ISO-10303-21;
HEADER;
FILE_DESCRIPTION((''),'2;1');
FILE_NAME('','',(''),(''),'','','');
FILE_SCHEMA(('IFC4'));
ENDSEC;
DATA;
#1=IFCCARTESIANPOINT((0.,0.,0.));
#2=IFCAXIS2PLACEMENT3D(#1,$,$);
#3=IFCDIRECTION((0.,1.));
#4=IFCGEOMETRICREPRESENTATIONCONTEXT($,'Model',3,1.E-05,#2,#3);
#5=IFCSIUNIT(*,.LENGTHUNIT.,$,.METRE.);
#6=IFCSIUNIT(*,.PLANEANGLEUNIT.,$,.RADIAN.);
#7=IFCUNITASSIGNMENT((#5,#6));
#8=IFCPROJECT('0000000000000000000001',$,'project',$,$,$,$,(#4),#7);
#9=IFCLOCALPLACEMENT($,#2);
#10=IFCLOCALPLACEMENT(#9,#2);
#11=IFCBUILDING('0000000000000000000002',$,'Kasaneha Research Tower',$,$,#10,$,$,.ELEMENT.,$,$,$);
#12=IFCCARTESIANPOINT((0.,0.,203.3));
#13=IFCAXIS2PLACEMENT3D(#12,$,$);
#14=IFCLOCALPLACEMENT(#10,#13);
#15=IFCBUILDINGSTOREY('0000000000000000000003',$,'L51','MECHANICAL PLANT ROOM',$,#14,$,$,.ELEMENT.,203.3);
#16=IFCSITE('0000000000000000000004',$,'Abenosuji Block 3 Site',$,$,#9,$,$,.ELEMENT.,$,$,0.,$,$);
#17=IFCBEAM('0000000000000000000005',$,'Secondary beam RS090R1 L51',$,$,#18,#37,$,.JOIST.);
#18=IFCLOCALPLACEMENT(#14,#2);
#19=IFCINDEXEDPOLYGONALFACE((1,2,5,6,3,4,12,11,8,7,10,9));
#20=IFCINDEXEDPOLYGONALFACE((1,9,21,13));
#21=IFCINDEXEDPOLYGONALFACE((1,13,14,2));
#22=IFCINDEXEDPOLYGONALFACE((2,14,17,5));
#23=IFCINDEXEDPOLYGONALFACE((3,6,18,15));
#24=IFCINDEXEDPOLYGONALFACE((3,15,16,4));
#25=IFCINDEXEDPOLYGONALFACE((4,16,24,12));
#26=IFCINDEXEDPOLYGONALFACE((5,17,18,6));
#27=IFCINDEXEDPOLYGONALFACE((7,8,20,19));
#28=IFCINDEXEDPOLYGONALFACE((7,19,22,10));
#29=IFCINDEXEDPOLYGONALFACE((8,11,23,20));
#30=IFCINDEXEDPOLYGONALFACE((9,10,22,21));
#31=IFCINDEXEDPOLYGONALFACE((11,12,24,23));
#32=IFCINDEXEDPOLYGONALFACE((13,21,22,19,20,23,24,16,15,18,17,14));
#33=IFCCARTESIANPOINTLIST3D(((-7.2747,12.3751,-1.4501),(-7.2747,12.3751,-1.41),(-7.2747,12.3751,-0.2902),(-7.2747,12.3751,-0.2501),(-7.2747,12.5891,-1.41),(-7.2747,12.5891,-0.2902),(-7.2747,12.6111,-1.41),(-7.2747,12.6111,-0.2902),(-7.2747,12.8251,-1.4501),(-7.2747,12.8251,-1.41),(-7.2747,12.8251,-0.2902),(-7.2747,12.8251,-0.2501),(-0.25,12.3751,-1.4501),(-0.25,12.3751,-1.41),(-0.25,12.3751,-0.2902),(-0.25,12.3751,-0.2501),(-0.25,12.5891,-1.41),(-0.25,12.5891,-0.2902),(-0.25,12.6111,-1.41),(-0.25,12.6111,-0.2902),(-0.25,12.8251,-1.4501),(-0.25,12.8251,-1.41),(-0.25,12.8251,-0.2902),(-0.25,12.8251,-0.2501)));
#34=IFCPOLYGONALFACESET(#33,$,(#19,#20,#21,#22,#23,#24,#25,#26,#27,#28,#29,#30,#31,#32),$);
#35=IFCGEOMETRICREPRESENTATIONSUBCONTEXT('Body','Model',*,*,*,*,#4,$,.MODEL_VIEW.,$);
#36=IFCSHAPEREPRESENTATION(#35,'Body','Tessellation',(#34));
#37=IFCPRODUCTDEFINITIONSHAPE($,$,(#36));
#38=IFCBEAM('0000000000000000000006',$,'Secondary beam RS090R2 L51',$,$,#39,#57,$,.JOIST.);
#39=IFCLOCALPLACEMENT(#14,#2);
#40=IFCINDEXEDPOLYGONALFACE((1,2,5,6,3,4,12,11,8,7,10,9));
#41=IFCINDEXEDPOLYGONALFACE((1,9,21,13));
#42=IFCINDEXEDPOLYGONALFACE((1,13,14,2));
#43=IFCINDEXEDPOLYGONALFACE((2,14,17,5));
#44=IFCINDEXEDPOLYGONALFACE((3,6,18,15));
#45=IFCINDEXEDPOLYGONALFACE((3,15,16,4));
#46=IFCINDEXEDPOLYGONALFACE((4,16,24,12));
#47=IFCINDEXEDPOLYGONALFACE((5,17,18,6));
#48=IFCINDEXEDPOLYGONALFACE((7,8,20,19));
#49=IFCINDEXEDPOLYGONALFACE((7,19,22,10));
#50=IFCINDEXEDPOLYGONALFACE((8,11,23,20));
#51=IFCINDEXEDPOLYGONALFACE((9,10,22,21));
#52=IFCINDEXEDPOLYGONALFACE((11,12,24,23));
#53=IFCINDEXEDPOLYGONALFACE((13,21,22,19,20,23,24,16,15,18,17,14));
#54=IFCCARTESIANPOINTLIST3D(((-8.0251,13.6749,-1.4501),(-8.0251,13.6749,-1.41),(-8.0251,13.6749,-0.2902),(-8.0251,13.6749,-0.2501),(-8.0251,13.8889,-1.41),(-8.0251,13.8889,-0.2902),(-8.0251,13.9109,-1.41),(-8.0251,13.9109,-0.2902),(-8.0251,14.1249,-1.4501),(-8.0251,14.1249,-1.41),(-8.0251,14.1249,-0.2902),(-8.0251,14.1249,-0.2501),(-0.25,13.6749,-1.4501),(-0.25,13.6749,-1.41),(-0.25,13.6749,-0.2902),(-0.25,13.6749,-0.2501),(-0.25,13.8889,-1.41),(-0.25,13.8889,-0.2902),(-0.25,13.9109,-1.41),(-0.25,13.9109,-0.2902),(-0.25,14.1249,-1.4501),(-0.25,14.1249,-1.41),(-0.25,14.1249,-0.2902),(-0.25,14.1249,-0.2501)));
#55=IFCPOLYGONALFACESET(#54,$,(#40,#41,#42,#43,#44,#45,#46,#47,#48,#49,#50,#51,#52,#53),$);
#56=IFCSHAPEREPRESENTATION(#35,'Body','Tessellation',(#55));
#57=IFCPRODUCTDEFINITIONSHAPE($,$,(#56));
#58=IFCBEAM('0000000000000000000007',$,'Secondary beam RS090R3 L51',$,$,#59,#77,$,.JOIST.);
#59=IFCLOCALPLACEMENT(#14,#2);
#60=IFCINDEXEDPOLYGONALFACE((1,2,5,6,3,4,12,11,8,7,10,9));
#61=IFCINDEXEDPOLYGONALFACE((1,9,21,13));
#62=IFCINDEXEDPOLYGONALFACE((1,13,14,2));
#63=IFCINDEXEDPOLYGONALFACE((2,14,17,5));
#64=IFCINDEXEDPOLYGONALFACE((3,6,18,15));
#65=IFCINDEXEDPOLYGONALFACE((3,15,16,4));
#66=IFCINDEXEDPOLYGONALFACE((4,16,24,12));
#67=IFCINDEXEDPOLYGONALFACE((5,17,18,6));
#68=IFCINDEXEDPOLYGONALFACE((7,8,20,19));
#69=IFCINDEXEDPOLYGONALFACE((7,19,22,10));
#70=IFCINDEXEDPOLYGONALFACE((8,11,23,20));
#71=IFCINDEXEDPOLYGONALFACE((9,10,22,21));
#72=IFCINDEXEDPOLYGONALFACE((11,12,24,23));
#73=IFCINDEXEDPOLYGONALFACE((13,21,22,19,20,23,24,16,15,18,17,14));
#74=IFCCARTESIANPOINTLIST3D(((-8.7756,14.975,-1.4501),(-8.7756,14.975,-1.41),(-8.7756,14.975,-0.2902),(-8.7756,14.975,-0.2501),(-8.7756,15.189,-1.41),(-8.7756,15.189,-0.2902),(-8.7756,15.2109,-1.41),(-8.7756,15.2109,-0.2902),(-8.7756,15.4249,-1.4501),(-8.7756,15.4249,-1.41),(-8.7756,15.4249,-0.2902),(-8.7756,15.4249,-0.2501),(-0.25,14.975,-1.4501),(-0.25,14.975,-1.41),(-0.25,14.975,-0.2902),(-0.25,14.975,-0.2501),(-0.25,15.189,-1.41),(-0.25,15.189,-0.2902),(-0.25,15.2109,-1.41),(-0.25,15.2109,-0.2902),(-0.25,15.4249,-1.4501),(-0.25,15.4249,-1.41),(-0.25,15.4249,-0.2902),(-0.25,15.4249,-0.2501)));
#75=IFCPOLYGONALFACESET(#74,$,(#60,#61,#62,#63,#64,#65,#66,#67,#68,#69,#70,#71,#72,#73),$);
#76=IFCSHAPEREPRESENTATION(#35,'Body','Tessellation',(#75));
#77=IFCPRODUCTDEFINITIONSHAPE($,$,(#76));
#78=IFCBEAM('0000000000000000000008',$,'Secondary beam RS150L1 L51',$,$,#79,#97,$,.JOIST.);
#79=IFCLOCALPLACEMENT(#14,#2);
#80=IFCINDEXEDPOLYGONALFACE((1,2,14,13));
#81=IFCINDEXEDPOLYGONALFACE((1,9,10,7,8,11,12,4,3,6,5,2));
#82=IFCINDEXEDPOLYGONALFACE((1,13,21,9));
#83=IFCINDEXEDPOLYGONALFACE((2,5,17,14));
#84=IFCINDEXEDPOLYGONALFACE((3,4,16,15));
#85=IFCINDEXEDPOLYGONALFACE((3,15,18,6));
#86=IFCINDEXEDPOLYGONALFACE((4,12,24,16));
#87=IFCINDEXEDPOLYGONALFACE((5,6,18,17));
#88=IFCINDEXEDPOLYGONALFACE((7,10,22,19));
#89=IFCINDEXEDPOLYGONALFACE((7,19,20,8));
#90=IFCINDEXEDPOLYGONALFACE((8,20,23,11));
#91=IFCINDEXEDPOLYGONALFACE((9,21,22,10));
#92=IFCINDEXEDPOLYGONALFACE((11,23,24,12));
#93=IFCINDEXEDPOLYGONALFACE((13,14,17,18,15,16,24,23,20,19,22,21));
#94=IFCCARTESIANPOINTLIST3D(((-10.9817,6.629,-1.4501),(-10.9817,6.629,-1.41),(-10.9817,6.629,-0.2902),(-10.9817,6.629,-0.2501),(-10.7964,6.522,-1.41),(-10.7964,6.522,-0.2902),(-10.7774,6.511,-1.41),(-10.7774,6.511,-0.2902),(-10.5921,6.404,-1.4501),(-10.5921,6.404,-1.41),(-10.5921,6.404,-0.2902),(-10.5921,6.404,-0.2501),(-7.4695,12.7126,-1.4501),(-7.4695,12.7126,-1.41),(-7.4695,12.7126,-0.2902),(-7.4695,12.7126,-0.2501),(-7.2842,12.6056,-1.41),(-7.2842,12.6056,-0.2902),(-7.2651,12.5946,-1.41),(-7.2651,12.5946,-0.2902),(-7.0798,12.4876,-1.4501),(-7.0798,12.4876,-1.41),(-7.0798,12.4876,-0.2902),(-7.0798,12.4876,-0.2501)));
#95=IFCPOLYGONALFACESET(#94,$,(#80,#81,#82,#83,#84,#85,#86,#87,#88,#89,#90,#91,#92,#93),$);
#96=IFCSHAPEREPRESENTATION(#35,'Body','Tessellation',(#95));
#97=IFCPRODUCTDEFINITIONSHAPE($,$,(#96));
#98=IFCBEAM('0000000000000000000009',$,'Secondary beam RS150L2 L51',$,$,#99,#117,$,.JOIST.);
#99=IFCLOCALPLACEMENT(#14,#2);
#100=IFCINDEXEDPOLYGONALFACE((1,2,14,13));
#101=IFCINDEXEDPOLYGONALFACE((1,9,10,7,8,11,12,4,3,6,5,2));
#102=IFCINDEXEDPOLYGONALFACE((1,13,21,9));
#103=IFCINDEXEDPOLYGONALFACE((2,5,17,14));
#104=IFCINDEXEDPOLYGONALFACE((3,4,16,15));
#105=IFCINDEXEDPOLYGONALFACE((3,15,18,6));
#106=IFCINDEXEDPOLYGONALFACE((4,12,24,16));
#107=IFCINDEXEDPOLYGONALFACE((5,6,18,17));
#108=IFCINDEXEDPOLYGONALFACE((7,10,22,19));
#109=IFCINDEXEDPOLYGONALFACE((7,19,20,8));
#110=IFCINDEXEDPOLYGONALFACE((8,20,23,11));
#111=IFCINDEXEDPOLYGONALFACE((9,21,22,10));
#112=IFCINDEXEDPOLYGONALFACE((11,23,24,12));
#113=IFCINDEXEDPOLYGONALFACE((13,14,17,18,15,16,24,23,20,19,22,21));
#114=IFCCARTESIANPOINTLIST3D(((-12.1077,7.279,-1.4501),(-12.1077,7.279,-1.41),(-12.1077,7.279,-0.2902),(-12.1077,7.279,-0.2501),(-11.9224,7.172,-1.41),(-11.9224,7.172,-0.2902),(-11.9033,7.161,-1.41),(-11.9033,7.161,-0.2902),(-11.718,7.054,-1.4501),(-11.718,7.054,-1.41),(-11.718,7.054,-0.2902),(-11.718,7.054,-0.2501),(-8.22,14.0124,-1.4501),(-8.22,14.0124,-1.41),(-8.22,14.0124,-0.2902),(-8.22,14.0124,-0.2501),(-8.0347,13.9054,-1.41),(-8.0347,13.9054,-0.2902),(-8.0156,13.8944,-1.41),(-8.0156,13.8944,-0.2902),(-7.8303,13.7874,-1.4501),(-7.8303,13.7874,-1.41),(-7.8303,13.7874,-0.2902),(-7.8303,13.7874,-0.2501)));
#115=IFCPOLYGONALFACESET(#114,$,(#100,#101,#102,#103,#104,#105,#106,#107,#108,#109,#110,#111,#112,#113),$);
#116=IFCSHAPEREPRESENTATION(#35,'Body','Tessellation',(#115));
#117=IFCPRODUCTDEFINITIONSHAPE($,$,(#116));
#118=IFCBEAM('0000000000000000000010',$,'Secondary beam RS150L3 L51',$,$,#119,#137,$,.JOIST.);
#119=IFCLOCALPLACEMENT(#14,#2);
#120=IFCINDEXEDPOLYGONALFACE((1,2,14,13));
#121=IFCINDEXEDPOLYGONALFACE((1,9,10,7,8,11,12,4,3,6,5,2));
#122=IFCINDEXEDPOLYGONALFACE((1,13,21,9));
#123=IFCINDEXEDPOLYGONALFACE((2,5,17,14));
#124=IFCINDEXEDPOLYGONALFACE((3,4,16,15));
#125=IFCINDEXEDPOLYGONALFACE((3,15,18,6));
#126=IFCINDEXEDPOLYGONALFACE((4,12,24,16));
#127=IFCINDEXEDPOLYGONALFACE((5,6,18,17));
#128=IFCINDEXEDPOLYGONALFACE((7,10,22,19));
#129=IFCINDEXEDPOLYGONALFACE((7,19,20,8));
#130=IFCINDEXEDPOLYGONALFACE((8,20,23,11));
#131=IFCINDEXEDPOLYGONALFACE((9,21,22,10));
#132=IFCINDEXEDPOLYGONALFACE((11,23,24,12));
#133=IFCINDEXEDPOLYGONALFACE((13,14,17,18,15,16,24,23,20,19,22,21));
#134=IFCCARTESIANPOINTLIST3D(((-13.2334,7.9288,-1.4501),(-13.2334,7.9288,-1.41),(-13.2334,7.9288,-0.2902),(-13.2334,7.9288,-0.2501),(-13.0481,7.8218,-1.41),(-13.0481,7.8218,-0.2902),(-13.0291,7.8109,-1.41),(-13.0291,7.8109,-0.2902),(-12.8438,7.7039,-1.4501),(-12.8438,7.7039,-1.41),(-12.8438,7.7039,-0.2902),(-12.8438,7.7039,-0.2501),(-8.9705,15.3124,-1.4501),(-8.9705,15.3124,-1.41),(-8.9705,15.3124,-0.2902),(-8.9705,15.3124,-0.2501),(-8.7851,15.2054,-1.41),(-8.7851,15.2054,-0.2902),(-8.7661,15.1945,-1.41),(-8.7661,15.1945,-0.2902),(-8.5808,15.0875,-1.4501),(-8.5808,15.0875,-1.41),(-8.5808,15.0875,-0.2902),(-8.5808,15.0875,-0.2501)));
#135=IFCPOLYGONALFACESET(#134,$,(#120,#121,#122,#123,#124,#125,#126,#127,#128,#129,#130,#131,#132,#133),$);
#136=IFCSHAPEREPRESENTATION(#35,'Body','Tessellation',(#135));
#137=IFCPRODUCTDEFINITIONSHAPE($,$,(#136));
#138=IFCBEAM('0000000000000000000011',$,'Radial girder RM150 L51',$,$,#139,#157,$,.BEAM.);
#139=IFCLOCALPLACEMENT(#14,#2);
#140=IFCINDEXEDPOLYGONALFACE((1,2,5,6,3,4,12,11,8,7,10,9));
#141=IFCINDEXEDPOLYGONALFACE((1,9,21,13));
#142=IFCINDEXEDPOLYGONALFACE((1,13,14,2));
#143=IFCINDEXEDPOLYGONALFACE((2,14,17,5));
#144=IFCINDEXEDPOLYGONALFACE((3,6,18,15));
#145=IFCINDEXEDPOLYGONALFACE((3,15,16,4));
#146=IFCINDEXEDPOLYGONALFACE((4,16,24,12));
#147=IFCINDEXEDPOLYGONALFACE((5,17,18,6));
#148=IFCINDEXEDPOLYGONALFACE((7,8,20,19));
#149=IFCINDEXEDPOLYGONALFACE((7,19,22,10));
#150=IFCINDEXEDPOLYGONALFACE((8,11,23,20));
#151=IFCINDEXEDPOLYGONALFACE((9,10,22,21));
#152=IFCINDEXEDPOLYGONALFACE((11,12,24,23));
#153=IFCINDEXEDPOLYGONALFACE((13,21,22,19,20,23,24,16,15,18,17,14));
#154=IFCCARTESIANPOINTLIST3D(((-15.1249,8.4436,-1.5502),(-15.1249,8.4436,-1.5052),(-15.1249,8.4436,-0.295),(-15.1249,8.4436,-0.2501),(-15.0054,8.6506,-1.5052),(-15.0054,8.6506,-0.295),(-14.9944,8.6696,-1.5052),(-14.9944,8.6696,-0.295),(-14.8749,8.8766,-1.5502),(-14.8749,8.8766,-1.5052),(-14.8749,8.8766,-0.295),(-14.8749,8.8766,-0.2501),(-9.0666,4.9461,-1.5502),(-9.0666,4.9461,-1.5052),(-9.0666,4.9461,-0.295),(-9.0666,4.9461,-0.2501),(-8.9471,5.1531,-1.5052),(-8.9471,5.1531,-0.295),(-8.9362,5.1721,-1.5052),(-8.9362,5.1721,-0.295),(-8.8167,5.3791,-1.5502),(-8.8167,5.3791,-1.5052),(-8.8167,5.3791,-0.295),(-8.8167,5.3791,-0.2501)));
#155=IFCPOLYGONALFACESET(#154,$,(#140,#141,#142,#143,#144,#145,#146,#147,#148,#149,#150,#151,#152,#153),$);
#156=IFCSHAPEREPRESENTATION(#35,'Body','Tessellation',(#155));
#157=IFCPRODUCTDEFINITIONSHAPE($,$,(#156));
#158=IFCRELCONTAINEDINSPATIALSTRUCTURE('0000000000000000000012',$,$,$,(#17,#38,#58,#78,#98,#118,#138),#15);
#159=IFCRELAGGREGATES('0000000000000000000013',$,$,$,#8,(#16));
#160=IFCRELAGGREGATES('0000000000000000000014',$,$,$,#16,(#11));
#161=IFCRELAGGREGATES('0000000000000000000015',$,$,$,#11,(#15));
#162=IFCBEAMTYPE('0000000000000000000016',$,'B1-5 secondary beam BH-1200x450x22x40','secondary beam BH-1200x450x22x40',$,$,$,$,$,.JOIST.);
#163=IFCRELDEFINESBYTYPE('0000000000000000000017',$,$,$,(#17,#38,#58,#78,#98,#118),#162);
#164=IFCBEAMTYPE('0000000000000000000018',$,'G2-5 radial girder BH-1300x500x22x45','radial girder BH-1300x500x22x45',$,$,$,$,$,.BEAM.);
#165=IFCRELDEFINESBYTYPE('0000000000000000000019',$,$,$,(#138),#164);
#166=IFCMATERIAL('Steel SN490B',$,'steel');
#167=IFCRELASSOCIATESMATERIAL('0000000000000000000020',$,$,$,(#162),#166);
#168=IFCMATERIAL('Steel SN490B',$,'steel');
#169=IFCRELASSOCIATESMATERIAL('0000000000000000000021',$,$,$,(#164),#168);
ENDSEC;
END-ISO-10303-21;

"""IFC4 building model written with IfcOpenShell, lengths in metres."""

from ifc_helpers import new_model, si_unit, direction, frame, origin, origin_2d, place, context, subcontext, project, spatial, i_section, extrude, material, material_profile, profile_set, type_object, element, save


model = new_model("IFC4")

# Units and contexts
model_context = context("Model", 3, precision=1e-05, world=origin(), true_north=direction((0.0, 1.0)))
body_context = subcontext(model_context, "Body", "Model", "MODEL_VIEW")
ifc_project = project(units=[si_unit("LENGTHUNIT", "METRE"), si_unit("PLANEANGLEUNIT", "RADIAN")], contexts=[model_context])

# Site, building, storey
site_placement = place(None, origin())
site = spatial("IfcSite", under=ifc_project, at=site_placement, Name="Abenosuji Block 3 Site", CompositionType="ELEMENT", RefElevation=0.0)
building_placement = place(site_placement, origin())
building = spatial("IfcBuilding", under=site, at=building_placement, Name="Kasaneha Research Tower", CompositionType="ELEMENT")
storey_placement = place(building_placement, frame((0.0, 0.0, 203.3)))
storey = spatial("IfcBuildingStorey", under=building, at=storey_placement, Name="L51", Description="MECHANICAL PLANT ROOM", CompositionType="ELEMENT", Elevation=203.3)

# Beams
ifc_material_1 = material(Name="Steel SN490B", Category="steel")
ifc_material_profile_1 = material_profile(ifc_material_1, i_section(OverallWidth=0.45, OverallDepth=1.2, WebThickness=0.022, FlangeThickness=0.04, at=origin_2d()), Name="BH-1200x450x22x40")
ifc_profile_set_1 = profile_set([ifc_material_profile_1], Name="Steel SN490B")
beam_type_1 = type_object("IfcBeamType", Name="B1-5 secondary beam BH-1200x450x22x40", Description="secondary beam BH-1200x450x22x40", PredefinedType="JOIST", material=ifc_profile_set_1)
beam_1_placement = place(storey_placement, frame((-7.2747, 12.6001, -0.8501), z_axis=(1.0, 0.0, 0.0), x_axis=(0.0, 1.0, 0.0)))
element("IfcBeam", 1, at=beam_1_placement, inside=storey, type_object=beam_type_1, Name="Secondary beam RS090R1 L51", PredefinedType="JOIST", context=body_context, shape_type="SweptSolid", body=[
    extrude(i_section(OverallWidth=0.45, OverallDepth=1.2, WebThickness=0.022, FlangeThickness=0.04, at=origin_2d()), origin(), (0.0, 0.0, 1.0), 7.0247),
])
beam_2_placement = place(storey_placement, frame((-8.0251, 13.8999, -0.8501), z_axis=(1.0, 0.0, 0.0), x_axis=(0.0, 1.0, 0.0)))
element("IfcBeam", 2, at=beam_2_placement, inside=storey, type_object=beam_type_1, Name="Secondary beam RS090R2 L51", PredefinedType="JOIST", context=body_context, shape_type="SweptSolid", body=[
    extrude(i_section(OverallWidth=0.45, OverallDepth=1.2, WebThickness=0.022, FlangeThickness=0.04, at=origin_2d()), origin(), (0.0, 0.0, 1.0), 7.7751),
])
beam_3_placement = place(storey_placement, frame((-8.7756, 15.2, -0.8501), z_axis=(1.0, 0.0, 0.0), x_axis=(0.0, 1.0, 0.0)))
element("IfcBeam", 3, at=beam_3_placement, inside=storey, type_object=beam_type_1, Name="Secondary beam RS090R3 L51", PredefinedType="JOIST", context=body_context, shape_type="SweptSolid", body=[
    extrude(i_section(OverallWidth=0.45, OverallDepth=1.2, WebThickness=0.022, FlangeThickness=0.04, at=origin_2d()), origin(), (0.0, 0.0, 1.0), 8.5256),
])
beam_4_placement = place(storey_placement, frame((-7.2747, 12.6001, -0.8501), z_axis=(-0.499989, -0.866032, 0.0), x_axis=(0.866032, -0.499989, 0.0)))
element("IfcBeam", 4, at=beam_4_placement, inside=storey, type_object=beam_type_1, Name="Secondary beam RS150L1 L51", PredefinedType="JOIST", context=body_context, shape_type="SweptSolid", body=[
    extrude(i_section(OverallWidth=0.45, OverallDepth=1.2, WebThickness=0.022, FlangeThickness=0.04, at=origin_2d()), origin(), (0.0, 0.0, 1.0), 7.0247),
])
beam_5_placement = place(storey_placement, frame((-8.0251, 13.8999, -0.8501), z_axis=(-0.500016, -0.866016, 0.0), x_axis=(0.866016, -0.500016, 0.0)))
element("IfcBeam", 5, at=beam_5_placement, inside=storey, type_object=beam_type_1, Name="Secondary beam RS150L2 L51", PredefinedType="JOIST", context=body_context, shape_type="SweptSolid", body=[
    extrude(i_section(OverallWidth=0.45, OverallDepth=1.2, WebThickness=0.022, FlangeThickness=0.04, at=origin_2d()), origin(), (0.0, 0.0, 1.0), 7.7751),
])
beam_6_placement = place(storey_placement, frame((-8.7756, 15.2, -0.8501), z_axis=(-0.500004, -0.866023, 0.0), x_axis=(0.866023, -0.500004, 0.0)))
element("IfcBeam", 6, at=beam_6_placement, inside=storey, type_object=beam_type_1, Name="Secondary beam RS150L3 L51", PredefinedType="JOIST", context=body_context, shape_type="SweptSolid", body=[
    extrude(i_section(OverallWidth=0.45, OverallDepth=1.2, WebThickness=0.022, FlangeThickness=0.04, at=origin_2d()), origin(), (0.0, 0.0, 1.0), 8.5259),
])
ifc_material_2 = material(Name="Steel SN490B", Category="steel")
ifc_material_profile_2 = material_profile(ifc_material_2, i_section(OverallWidth=0.5, OverallDepth=1.3, WebThickness=0.022, FlangeThickness=0.0449, at=origin_2d()), Name="BH-1300x500x22x45")
ifc_profile_set_2 = profile_set([ifc_material_profile_2], Name="Steel SN490B")
beam_type_2 = type_object("IfcBeamType", Name="G2-5 radial girder BH-1300x500x22x45", Description="radial girder BH-1300x500x22x45", PredefinedType="BEAM", material=ifc_profile_set_2)
beam_7_placement = place(storey_placement, frame((-8.9417, 5.1626, -0.9001), z_axis=(-0.86604, 0.499975, 0.0), x_axis=(-0.499975, -0.86604, 0.0)))
element("IfcBeam", 7, at=beam_7_placement, inside=storey, type_object=beam_type_2, Name="Radial girder RM150 L51", PredefinedType="BEAM", context=body_context, shape_type="SweptSolid", body=[
    extrude(i_section(OverallWidth=0.5, OverallDepth=1.3, WebThickness=0.022, FlangeThickness=0.0449, at=origin_2d()), origin(), (0.0, 0.0, 1.0), 6.9954),
])

save(model, "model.ifc")
